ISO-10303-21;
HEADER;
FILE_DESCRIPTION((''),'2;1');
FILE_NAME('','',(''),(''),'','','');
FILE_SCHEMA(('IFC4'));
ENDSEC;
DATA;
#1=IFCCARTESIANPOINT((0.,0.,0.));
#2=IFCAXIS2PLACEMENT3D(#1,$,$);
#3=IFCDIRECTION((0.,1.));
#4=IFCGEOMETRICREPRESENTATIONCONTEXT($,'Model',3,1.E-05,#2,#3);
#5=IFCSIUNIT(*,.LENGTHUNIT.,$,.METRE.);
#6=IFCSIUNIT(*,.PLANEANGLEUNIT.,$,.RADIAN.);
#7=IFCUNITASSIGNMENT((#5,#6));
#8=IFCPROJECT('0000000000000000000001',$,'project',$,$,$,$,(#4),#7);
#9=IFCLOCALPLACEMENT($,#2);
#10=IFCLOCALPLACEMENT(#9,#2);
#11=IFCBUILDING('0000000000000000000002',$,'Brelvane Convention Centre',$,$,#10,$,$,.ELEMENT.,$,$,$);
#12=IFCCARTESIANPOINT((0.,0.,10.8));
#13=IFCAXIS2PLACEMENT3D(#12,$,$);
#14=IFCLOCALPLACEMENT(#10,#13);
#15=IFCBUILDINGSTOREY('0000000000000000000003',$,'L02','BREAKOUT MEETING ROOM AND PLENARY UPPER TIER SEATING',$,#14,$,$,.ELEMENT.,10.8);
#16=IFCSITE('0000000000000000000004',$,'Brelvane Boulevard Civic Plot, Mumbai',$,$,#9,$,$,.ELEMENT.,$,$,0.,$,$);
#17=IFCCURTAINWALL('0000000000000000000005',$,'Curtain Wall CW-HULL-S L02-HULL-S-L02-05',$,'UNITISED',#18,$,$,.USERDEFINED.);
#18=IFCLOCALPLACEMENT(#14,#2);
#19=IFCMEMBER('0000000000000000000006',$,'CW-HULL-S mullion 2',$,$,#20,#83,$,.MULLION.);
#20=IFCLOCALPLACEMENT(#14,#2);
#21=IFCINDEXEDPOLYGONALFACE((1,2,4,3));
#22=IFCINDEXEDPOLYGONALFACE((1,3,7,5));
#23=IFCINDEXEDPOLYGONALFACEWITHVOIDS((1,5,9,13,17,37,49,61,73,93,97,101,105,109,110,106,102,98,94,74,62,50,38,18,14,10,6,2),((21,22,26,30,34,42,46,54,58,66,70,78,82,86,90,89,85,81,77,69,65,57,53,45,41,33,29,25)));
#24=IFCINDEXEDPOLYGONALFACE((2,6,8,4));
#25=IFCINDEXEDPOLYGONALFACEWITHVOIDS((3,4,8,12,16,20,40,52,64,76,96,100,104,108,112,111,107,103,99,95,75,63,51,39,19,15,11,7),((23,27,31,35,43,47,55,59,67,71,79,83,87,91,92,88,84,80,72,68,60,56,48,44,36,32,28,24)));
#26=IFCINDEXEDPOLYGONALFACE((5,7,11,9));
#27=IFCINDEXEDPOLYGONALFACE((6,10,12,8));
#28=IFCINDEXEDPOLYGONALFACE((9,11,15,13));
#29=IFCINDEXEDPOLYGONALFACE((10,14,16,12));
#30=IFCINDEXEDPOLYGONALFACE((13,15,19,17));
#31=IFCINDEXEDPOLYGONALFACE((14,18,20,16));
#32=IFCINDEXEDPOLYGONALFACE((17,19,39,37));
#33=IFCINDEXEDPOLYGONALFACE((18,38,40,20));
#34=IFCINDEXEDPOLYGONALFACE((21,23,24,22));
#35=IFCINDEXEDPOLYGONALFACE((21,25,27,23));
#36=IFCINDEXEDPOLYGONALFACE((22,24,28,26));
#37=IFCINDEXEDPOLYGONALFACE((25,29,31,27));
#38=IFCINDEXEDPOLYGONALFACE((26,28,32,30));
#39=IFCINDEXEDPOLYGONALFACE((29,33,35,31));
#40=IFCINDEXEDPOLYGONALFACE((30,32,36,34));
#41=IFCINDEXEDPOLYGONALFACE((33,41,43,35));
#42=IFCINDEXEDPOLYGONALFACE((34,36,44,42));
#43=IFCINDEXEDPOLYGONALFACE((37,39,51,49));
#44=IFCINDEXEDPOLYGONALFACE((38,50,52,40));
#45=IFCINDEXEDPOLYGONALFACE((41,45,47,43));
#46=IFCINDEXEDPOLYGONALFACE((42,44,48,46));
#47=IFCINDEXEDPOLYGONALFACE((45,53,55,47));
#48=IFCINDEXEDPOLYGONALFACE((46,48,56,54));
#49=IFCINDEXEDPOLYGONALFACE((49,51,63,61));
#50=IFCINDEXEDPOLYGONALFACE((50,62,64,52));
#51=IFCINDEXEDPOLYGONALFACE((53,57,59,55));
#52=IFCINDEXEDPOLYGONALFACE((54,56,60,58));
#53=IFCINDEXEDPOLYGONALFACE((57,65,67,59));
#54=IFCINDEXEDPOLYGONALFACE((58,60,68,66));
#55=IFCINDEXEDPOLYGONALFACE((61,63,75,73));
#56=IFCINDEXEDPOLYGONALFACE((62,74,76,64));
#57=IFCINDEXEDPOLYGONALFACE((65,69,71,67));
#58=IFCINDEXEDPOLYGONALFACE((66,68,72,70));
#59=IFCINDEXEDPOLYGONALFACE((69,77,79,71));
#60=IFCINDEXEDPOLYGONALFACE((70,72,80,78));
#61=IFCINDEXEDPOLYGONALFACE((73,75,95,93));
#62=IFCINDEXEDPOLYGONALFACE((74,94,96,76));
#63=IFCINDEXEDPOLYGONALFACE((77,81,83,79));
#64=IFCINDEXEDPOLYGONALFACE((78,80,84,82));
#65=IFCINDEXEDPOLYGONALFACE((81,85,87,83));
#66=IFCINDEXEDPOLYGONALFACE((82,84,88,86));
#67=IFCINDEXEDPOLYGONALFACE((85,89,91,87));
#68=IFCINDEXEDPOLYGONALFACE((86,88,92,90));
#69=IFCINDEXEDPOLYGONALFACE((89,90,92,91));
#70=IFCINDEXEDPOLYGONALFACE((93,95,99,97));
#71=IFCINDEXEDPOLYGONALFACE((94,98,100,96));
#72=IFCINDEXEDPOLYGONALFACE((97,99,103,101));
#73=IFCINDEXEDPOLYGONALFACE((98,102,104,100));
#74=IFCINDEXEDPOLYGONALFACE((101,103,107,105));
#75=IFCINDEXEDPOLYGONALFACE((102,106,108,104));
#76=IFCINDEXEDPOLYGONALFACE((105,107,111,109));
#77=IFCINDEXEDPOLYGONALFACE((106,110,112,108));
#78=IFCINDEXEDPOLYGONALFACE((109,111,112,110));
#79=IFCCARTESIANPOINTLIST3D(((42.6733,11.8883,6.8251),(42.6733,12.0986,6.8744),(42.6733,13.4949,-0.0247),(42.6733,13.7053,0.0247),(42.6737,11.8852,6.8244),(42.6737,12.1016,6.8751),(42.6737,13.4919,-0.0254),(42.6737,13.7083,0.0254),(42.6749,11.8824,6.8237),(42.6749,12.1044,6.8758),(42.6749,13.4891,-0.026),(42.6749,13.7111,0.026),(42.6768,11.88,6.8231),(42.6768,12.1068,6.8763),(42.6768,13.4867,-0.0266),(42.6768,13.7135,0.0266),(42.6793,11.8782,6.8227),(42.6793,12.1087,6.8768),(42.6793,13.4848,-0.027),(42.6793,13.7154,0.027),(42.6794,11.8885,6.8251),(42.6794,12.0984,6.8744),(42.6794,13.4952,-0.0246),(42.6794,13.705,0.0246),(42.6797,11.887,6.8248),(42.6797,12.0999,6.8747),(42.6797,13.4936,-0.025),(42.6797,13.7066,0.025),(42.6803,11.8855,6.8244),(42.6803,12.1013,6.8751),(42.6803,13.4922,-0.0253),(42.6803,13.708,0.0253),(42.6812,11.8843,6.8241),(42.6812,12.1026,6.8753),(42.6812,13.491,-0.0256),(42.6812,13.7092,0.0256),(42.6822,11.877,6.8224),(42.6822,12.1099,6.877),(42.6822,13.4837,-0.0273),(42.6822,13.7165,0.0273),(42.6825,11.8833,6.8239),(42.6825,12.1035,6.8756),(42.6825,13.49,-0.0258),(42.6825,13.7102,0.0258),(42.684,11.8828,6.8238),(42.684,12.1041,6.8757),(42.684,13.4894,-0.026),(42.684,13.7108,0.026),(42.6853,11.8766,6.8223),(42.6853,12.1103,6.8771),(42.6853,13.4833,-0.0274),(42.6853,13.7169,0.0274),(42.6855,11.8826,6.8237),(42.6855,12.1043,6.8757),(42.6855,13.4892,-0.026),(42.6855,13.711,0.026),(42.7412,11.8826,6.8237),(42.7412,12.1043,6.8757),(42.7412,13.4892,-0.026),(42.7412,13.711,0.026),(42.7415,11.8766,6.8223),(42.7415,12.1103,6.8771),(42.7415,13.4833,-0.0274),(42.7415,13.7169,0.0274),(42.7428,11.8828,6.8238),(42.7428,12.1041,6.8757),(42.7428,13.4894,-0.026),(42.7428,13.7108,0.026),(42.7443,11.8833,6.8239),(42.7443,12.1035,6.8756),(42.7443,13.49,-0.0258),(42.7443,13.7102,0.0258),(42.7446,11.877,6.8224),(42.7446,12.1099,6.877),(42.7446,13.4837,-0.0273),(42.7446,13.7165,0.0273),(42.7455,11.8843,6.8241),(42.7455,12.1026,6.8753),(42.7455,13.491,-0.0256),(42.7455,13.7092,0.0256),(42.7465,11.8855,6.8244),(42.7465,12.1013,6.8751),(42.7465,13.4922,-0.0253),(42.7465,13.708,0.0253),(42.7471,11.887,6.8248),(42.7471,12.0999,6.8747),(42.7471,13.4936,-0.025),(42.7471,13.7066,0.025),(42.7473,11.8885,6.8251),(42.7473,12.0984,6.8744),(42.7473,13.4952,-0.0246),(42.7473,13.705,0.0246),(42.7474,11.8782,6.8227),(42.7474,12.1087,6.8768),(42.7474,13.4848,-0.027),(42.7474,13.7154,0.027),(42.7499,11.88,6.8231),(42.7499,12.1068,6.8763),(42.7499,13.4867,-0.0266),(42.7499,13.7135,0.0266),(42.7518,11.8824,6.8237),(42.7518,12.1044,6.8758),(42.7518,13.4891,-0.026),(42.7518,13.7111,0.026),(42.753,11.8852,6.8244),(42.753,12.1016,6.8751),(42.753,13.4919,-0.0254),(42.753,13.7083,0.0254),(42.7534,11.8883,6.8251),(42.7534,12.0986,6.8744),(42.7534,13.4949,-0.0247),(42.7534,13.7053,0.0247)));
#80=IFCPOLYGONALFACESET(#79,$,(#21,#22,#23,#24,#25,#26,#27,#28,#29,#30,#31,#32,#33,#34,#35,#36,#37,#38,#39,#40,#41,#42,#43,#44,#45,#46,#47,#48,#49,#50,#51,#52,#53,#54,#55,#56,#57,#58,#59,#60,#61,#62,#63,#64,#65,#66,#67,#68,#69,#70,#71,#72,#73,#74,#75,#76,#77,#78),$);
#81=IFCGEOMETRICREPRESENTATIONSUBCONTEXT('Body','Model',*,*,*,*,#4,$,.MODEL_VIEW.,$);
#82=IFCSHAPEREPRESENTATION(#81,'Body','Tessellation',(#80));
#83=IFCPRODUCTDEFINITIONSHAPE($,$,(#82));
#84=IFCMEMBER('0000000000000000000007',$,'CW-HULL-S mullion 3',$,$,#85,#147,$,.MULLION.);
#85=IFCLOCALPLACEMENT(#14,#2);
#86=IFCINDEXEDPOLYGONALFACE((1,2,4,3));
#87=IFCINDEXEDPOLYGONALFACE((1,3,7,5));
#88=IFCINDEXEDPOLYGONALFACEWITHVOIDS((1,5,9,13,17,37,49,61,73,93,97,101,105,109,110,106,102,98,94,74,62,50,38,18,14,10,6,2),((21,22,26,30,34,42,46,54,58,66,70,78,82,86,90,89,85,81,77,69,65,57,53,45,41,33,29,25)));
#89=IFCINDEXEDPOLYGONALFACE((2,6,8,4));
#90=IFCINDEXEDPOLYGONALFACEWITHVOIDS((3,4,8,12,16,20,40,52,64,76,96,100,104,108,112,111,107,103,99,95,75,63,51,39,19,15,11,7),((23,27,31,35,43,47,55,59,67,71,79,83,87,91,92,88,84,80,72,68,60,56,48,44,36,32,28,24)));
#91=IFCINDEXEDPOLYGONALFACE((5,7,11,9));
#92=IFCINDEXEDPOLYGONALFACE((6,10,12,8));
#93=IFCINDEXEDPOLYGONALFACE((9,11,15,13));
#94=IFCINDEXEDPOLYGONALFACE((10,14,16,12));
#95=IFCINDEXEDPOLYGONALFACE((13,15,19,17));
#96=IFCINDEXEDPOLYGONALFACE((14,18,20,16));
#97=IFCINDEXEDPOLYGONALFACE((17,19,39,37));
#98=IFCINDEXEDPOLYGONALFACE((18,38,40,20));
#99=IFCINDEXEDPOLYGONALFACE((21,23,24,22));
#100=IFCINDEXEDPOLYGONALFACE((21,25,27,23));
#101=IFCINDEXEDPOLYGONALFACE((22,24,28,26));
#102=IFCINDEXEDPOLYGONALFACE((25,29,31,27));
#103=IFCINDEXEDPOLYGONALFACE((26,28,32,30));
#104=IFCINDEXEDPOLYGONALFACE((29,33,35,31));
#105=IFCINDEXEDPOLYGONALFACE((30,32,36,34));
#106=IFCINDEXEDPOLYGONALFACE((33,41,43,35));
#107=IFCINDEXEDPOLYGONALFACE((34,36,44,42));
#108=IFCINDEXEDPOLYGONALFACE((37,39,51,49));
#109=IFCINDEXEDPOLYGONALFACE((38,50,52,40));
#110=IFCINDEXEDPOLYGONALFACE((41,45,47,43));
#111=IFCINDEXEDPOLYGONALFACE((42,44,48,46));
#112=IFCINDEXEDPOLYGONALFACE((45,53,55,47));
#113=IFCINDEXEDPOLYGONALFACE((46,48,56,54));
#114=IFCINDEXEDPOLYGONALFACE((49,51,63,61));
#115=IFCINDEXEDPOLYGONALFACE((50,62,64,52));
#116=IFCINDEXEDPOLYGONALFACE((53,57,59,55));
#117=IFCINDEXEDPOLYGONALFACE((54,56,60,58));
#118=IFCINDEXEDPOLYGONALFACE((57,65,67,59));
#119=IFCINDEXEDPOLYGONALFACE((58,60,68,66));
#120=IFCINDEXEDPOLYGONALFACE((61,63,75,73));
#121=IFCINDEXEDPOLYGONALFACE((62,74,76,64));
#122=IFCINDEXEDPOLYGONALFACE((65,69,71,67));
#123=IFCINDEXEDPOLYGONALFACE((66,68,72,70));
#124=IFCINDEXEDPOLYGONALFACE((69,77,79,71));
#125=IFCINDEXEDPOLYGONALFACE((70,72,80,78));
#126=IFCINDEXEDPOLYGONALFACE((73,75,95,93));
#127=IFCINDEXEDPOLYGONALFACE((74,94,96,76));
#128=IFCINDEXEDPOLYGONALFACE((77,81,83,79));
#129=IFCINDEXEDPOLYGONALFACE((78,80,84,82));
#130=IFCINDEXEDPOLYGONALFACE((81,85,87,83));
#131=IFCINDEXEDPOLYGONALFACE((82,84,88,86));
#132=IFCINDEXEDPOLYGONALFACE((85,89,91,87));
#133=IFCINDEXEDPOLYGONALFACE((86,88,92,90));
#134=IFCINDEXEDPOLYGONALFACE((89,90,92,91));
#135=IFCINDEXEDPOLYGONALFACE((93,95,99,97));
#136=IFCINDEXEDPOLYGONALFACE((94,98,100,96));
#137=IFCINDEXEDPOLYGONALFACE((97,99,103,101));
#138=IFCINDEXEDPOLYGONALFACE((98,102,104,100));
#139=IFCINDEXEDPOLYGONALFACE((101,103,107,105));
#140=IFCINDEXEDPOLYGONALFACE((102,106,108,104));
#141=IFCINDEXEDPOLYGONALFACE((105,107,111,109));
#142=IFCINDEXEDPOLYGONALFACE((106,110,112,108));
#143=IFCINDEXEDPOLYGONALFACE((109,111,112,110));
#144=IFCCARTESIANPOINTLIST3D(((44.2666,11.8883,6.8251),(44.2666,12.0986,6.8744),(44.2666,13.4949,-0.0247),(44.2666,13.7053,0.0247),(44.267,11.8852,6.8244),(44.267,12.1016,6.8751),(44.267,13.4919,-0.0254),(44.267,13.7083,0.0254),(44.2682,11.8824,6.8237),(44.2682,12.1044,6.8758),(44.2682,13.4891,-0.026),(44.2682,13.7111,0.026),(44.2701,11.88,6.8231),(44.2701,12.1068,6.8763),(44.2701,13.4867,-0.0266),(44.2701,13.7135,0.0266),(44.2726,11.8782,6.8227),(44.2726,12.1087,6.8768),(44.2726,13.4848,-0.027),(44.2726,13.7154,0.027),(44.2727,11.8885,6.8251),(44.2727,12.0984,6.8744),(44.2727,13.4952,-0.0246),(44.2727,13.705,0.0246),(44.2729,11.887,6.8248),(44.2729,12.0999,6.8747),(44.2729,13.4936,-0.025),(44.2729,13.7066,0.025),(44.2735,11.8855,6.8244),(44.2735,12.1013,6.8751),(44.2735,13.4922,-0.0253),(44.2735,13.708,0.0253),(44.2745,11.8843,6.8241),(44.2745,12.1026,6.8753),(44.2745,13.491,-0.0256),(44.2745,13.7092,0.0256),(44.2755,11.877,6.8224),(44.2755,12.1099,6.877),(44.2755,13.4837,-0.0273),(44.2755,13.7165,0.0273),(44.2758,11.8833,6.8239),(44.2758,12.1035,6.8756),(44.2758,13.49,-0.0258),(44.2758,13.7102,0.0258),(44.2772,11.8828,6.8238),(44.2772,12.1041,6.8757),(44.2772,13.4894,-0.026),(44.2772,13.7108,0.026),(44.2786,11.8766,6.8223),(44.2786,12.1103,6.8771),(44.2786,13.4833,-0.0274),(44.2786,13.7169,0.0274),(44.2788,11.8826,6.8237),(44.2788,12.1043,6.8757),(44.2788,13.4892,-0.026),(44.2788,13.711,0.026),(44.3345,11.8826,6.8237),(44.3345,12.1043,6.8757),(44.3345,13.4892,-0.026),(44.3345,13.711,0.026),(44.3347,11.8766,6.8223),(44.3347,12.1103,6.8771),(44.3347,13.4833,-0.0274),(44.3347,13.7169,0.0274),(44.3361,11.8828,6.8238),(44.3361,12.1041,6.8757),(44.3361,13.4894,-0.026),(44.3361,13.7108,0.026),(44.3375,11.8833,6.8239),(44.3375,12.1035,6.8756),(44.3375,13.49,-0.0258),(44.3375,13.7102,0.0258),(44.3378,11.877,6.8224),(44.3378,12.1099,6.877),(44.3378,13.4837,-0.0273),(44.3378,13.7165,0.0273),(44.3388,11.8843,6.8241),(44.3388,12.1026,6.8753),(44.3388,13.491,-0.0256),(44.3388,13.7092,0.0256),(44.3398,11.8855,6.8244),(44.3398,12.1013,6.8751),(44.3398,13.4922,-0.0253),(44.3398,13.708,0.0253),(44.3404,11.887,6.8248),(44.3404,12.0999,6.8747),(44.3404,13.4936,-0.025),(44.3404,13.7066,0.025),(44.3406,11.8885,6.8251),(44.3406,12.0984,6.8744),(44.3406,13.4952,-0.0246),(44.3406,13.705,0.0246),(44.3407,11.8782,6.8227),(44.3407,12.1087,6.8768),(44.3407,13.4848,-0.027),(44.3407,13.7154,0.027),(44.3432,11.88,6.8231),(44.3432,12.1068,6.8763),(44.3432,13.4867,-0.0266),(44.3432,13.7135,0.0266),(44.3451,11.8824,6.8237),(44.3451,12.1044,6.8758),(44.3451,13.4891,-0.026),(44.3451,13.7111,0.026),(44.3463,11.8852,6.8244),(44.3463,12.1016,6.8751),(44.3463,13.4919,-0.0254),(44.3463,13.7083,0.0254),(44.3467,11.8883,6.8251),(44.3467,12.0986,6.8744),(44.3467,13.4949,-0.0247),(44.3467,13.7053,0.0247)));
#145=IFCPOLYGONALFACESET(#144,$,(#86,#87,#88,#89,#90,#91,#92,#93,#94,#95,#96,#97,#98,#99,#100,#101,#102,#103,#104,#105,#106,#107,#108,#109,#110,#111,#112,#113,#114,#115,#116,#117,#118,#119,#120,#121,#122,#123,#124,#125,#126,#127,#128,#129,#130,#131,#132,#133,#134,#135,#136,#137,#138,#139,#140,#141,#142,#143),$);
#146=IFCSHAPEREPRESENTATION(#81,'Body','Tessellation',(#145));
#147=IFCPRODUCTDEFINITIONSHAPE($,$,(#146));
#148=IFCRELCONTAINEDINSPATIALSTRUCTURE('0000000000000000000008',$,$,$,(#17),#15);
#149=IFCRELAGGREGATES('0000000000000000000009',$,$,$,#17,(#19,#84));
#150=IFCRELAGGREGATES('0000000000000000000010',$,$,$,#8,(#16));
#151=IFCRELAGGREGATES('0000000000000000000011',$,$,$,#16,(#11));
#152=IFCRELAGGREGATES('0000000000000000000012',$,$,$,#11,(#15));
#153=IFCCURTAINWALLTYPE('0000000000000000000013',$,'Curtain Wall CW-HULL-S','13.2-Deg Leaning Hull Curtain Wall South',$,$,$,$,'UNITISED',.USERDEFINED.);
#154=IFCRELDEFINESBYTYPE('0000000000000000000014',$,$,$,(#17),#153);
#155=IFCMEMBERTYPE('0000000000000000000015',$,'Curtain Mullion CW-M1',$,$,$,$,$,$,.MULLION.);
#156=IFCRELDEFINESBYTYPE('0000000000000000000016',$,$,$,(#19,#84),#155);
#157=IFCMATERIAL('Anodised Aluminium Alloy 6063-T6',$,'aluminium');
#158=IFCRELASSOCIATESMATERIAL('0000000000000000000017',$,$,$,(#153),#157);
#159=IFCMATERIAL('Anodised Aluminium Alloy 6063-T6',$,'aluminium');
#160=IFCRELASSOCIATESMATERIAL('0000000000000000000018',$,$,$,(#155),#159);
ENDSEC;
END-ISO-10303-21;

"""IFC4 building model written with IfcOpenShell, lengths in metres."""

from ifc_helpers import new_model, si_unit, direction, frame, origin, origin_2d, place, context, subcontext, project, spatial, hollow_rectangle, extrude, material, material_profile, profile_set, type_object, element, aggregate, save


model = new_model("IFC4")

# Units and contexts
model_context = context("Model", 3, precision=1e-05, world=origin(), true_north=direction((0.0, 1.0)))
body_context = subcontext(model_context, "Body", "Model", "MODEL_VIEW")
ifc_project = project(units=[si_unit("LENGTHUNIT", "METRE"), si_unit("PLANEANGLEUNIT", "RADIAN")], contexts=[model_context])

# Site, building, storey
site_placement = place(None, origin())
site = spatial("IfcSite", under=ifc_project, at=site_placement, Name="Brelvane Boulevard Civic Plot, Mumbai", CompositionType="ELEMENT", RefElevation=0.0)
building_placement = place(site_placement, origin())
building = spatial("IfcBuilding", under=site, at=building_placement, Name="Brelvane Convention Centre", CompositionType="ELEMENT")
storey_placement = place(building_placement, frame((0.0, 0.0, 10.8)))
storey = spatial("IfcBuildingStorey", under=building, at=storey_placement, Name="L02", Description="BREAKOUT MEETING ROOM AND PLENARY UPPER TIER SEATING", CompositionType="ELEMENT", Elevation=10.8)

# Curtain wall, members
ifc_material_1 = material(Name="Anodised Aluminium Alloy 6063-T6", Category="aluminium")
curtain_wall_type = type_object("IfcCurtainWallType", Name="Curtain Wall CW-HULL-S", Description="13.2-Deg Leaning Hull Curtain Wall South", ElementType="UNITISED", PredefinedType="USERDEFINED", material=ifc_material_1)
curtain_wall_placement = place(storey_placement, origin())
curtain_wall = element("IfcCurtainWall", 1, at=curtain_wall_placement, inside=storey, type_object=curtain_wall_type, Name="Curtain Wall CW-HULL-S L02-HULL-S-L02-05", ObjectType="UNITISED", PredefinedType="USERDEFINED")
ifc_material_2 = material(Name="Anodised Aluminium Alloy 6063-T6", Category="aluminium")
ifc_material_profile_1 = material_profile(ifc_material_2, hollow_rectangle(XDim=0.0801, YDim=0.24, WallThickness=0.0061, InnerFilletRadius=0.0061, OuterFilletRadius=0.012, at=origin_2d()), Name="ALU-M 240x80x6.0")
ifc_profile_set_1 = profile_set([ifc_material_profile_1], Name="Anodised Aluminium Alloy 6063-T6")
member_type_1 = type_object("IfcMemberType", Name="Curtain Mullion CW-M1", PredefinedType="MULLION", material=ifc_profile_set_1)
member_1_placement = place(storey_placement, frame((42.7134, 13.6001, 0.0), z_axis=(0.0, -0.22836, 0.973577), x_axis=(1.0, 0.0, 0.0)))
member_1 = element("IfcMember", 2, at=member_1_placement, type_object=member_type_1, Name="CW-HULL-S mullion 2", PredefinedType="MULLION", context=body_context, shape_type="SweptSolid", body=[
    extrude(hollow_rectangle(XDim=0.0801, YDim=0.24, WallThickness=0.0061, InnerFilletRadius=0.0061, OuterFilletRadius=0.012, at=origin_2d()), origin(), (0.0, 0.0, 1.0), 7.0356),
])
member_2_placement = place(storey_placement, frame((44.3066, 13.6001, 0.0), z_axis=(0.0, -0.22836, 0.973577), x_axis=(1.0, 0.0, 0.0)))
member_2 = element("IfcMember", 3, at=member_2_placement, type_object=member_type_1, Name="CW-HULL-S mullion 3", PredefinedType="MULLION", context=body_context, shape_type="SweptSolid", body=[
    extrude(hollow_rectangle(XDim=0.0801, YDim=0.24, WallThickness=0.0061, InnerFilletRadius=0.0061, OuterFilletRadius=0.012, at=origin_2d()), origin(), (0.0, 0.0, 1.0), 7.0356),
])

aggregate(curtain_wall, [member_1, member_2])

save(model, "model.ifc")
